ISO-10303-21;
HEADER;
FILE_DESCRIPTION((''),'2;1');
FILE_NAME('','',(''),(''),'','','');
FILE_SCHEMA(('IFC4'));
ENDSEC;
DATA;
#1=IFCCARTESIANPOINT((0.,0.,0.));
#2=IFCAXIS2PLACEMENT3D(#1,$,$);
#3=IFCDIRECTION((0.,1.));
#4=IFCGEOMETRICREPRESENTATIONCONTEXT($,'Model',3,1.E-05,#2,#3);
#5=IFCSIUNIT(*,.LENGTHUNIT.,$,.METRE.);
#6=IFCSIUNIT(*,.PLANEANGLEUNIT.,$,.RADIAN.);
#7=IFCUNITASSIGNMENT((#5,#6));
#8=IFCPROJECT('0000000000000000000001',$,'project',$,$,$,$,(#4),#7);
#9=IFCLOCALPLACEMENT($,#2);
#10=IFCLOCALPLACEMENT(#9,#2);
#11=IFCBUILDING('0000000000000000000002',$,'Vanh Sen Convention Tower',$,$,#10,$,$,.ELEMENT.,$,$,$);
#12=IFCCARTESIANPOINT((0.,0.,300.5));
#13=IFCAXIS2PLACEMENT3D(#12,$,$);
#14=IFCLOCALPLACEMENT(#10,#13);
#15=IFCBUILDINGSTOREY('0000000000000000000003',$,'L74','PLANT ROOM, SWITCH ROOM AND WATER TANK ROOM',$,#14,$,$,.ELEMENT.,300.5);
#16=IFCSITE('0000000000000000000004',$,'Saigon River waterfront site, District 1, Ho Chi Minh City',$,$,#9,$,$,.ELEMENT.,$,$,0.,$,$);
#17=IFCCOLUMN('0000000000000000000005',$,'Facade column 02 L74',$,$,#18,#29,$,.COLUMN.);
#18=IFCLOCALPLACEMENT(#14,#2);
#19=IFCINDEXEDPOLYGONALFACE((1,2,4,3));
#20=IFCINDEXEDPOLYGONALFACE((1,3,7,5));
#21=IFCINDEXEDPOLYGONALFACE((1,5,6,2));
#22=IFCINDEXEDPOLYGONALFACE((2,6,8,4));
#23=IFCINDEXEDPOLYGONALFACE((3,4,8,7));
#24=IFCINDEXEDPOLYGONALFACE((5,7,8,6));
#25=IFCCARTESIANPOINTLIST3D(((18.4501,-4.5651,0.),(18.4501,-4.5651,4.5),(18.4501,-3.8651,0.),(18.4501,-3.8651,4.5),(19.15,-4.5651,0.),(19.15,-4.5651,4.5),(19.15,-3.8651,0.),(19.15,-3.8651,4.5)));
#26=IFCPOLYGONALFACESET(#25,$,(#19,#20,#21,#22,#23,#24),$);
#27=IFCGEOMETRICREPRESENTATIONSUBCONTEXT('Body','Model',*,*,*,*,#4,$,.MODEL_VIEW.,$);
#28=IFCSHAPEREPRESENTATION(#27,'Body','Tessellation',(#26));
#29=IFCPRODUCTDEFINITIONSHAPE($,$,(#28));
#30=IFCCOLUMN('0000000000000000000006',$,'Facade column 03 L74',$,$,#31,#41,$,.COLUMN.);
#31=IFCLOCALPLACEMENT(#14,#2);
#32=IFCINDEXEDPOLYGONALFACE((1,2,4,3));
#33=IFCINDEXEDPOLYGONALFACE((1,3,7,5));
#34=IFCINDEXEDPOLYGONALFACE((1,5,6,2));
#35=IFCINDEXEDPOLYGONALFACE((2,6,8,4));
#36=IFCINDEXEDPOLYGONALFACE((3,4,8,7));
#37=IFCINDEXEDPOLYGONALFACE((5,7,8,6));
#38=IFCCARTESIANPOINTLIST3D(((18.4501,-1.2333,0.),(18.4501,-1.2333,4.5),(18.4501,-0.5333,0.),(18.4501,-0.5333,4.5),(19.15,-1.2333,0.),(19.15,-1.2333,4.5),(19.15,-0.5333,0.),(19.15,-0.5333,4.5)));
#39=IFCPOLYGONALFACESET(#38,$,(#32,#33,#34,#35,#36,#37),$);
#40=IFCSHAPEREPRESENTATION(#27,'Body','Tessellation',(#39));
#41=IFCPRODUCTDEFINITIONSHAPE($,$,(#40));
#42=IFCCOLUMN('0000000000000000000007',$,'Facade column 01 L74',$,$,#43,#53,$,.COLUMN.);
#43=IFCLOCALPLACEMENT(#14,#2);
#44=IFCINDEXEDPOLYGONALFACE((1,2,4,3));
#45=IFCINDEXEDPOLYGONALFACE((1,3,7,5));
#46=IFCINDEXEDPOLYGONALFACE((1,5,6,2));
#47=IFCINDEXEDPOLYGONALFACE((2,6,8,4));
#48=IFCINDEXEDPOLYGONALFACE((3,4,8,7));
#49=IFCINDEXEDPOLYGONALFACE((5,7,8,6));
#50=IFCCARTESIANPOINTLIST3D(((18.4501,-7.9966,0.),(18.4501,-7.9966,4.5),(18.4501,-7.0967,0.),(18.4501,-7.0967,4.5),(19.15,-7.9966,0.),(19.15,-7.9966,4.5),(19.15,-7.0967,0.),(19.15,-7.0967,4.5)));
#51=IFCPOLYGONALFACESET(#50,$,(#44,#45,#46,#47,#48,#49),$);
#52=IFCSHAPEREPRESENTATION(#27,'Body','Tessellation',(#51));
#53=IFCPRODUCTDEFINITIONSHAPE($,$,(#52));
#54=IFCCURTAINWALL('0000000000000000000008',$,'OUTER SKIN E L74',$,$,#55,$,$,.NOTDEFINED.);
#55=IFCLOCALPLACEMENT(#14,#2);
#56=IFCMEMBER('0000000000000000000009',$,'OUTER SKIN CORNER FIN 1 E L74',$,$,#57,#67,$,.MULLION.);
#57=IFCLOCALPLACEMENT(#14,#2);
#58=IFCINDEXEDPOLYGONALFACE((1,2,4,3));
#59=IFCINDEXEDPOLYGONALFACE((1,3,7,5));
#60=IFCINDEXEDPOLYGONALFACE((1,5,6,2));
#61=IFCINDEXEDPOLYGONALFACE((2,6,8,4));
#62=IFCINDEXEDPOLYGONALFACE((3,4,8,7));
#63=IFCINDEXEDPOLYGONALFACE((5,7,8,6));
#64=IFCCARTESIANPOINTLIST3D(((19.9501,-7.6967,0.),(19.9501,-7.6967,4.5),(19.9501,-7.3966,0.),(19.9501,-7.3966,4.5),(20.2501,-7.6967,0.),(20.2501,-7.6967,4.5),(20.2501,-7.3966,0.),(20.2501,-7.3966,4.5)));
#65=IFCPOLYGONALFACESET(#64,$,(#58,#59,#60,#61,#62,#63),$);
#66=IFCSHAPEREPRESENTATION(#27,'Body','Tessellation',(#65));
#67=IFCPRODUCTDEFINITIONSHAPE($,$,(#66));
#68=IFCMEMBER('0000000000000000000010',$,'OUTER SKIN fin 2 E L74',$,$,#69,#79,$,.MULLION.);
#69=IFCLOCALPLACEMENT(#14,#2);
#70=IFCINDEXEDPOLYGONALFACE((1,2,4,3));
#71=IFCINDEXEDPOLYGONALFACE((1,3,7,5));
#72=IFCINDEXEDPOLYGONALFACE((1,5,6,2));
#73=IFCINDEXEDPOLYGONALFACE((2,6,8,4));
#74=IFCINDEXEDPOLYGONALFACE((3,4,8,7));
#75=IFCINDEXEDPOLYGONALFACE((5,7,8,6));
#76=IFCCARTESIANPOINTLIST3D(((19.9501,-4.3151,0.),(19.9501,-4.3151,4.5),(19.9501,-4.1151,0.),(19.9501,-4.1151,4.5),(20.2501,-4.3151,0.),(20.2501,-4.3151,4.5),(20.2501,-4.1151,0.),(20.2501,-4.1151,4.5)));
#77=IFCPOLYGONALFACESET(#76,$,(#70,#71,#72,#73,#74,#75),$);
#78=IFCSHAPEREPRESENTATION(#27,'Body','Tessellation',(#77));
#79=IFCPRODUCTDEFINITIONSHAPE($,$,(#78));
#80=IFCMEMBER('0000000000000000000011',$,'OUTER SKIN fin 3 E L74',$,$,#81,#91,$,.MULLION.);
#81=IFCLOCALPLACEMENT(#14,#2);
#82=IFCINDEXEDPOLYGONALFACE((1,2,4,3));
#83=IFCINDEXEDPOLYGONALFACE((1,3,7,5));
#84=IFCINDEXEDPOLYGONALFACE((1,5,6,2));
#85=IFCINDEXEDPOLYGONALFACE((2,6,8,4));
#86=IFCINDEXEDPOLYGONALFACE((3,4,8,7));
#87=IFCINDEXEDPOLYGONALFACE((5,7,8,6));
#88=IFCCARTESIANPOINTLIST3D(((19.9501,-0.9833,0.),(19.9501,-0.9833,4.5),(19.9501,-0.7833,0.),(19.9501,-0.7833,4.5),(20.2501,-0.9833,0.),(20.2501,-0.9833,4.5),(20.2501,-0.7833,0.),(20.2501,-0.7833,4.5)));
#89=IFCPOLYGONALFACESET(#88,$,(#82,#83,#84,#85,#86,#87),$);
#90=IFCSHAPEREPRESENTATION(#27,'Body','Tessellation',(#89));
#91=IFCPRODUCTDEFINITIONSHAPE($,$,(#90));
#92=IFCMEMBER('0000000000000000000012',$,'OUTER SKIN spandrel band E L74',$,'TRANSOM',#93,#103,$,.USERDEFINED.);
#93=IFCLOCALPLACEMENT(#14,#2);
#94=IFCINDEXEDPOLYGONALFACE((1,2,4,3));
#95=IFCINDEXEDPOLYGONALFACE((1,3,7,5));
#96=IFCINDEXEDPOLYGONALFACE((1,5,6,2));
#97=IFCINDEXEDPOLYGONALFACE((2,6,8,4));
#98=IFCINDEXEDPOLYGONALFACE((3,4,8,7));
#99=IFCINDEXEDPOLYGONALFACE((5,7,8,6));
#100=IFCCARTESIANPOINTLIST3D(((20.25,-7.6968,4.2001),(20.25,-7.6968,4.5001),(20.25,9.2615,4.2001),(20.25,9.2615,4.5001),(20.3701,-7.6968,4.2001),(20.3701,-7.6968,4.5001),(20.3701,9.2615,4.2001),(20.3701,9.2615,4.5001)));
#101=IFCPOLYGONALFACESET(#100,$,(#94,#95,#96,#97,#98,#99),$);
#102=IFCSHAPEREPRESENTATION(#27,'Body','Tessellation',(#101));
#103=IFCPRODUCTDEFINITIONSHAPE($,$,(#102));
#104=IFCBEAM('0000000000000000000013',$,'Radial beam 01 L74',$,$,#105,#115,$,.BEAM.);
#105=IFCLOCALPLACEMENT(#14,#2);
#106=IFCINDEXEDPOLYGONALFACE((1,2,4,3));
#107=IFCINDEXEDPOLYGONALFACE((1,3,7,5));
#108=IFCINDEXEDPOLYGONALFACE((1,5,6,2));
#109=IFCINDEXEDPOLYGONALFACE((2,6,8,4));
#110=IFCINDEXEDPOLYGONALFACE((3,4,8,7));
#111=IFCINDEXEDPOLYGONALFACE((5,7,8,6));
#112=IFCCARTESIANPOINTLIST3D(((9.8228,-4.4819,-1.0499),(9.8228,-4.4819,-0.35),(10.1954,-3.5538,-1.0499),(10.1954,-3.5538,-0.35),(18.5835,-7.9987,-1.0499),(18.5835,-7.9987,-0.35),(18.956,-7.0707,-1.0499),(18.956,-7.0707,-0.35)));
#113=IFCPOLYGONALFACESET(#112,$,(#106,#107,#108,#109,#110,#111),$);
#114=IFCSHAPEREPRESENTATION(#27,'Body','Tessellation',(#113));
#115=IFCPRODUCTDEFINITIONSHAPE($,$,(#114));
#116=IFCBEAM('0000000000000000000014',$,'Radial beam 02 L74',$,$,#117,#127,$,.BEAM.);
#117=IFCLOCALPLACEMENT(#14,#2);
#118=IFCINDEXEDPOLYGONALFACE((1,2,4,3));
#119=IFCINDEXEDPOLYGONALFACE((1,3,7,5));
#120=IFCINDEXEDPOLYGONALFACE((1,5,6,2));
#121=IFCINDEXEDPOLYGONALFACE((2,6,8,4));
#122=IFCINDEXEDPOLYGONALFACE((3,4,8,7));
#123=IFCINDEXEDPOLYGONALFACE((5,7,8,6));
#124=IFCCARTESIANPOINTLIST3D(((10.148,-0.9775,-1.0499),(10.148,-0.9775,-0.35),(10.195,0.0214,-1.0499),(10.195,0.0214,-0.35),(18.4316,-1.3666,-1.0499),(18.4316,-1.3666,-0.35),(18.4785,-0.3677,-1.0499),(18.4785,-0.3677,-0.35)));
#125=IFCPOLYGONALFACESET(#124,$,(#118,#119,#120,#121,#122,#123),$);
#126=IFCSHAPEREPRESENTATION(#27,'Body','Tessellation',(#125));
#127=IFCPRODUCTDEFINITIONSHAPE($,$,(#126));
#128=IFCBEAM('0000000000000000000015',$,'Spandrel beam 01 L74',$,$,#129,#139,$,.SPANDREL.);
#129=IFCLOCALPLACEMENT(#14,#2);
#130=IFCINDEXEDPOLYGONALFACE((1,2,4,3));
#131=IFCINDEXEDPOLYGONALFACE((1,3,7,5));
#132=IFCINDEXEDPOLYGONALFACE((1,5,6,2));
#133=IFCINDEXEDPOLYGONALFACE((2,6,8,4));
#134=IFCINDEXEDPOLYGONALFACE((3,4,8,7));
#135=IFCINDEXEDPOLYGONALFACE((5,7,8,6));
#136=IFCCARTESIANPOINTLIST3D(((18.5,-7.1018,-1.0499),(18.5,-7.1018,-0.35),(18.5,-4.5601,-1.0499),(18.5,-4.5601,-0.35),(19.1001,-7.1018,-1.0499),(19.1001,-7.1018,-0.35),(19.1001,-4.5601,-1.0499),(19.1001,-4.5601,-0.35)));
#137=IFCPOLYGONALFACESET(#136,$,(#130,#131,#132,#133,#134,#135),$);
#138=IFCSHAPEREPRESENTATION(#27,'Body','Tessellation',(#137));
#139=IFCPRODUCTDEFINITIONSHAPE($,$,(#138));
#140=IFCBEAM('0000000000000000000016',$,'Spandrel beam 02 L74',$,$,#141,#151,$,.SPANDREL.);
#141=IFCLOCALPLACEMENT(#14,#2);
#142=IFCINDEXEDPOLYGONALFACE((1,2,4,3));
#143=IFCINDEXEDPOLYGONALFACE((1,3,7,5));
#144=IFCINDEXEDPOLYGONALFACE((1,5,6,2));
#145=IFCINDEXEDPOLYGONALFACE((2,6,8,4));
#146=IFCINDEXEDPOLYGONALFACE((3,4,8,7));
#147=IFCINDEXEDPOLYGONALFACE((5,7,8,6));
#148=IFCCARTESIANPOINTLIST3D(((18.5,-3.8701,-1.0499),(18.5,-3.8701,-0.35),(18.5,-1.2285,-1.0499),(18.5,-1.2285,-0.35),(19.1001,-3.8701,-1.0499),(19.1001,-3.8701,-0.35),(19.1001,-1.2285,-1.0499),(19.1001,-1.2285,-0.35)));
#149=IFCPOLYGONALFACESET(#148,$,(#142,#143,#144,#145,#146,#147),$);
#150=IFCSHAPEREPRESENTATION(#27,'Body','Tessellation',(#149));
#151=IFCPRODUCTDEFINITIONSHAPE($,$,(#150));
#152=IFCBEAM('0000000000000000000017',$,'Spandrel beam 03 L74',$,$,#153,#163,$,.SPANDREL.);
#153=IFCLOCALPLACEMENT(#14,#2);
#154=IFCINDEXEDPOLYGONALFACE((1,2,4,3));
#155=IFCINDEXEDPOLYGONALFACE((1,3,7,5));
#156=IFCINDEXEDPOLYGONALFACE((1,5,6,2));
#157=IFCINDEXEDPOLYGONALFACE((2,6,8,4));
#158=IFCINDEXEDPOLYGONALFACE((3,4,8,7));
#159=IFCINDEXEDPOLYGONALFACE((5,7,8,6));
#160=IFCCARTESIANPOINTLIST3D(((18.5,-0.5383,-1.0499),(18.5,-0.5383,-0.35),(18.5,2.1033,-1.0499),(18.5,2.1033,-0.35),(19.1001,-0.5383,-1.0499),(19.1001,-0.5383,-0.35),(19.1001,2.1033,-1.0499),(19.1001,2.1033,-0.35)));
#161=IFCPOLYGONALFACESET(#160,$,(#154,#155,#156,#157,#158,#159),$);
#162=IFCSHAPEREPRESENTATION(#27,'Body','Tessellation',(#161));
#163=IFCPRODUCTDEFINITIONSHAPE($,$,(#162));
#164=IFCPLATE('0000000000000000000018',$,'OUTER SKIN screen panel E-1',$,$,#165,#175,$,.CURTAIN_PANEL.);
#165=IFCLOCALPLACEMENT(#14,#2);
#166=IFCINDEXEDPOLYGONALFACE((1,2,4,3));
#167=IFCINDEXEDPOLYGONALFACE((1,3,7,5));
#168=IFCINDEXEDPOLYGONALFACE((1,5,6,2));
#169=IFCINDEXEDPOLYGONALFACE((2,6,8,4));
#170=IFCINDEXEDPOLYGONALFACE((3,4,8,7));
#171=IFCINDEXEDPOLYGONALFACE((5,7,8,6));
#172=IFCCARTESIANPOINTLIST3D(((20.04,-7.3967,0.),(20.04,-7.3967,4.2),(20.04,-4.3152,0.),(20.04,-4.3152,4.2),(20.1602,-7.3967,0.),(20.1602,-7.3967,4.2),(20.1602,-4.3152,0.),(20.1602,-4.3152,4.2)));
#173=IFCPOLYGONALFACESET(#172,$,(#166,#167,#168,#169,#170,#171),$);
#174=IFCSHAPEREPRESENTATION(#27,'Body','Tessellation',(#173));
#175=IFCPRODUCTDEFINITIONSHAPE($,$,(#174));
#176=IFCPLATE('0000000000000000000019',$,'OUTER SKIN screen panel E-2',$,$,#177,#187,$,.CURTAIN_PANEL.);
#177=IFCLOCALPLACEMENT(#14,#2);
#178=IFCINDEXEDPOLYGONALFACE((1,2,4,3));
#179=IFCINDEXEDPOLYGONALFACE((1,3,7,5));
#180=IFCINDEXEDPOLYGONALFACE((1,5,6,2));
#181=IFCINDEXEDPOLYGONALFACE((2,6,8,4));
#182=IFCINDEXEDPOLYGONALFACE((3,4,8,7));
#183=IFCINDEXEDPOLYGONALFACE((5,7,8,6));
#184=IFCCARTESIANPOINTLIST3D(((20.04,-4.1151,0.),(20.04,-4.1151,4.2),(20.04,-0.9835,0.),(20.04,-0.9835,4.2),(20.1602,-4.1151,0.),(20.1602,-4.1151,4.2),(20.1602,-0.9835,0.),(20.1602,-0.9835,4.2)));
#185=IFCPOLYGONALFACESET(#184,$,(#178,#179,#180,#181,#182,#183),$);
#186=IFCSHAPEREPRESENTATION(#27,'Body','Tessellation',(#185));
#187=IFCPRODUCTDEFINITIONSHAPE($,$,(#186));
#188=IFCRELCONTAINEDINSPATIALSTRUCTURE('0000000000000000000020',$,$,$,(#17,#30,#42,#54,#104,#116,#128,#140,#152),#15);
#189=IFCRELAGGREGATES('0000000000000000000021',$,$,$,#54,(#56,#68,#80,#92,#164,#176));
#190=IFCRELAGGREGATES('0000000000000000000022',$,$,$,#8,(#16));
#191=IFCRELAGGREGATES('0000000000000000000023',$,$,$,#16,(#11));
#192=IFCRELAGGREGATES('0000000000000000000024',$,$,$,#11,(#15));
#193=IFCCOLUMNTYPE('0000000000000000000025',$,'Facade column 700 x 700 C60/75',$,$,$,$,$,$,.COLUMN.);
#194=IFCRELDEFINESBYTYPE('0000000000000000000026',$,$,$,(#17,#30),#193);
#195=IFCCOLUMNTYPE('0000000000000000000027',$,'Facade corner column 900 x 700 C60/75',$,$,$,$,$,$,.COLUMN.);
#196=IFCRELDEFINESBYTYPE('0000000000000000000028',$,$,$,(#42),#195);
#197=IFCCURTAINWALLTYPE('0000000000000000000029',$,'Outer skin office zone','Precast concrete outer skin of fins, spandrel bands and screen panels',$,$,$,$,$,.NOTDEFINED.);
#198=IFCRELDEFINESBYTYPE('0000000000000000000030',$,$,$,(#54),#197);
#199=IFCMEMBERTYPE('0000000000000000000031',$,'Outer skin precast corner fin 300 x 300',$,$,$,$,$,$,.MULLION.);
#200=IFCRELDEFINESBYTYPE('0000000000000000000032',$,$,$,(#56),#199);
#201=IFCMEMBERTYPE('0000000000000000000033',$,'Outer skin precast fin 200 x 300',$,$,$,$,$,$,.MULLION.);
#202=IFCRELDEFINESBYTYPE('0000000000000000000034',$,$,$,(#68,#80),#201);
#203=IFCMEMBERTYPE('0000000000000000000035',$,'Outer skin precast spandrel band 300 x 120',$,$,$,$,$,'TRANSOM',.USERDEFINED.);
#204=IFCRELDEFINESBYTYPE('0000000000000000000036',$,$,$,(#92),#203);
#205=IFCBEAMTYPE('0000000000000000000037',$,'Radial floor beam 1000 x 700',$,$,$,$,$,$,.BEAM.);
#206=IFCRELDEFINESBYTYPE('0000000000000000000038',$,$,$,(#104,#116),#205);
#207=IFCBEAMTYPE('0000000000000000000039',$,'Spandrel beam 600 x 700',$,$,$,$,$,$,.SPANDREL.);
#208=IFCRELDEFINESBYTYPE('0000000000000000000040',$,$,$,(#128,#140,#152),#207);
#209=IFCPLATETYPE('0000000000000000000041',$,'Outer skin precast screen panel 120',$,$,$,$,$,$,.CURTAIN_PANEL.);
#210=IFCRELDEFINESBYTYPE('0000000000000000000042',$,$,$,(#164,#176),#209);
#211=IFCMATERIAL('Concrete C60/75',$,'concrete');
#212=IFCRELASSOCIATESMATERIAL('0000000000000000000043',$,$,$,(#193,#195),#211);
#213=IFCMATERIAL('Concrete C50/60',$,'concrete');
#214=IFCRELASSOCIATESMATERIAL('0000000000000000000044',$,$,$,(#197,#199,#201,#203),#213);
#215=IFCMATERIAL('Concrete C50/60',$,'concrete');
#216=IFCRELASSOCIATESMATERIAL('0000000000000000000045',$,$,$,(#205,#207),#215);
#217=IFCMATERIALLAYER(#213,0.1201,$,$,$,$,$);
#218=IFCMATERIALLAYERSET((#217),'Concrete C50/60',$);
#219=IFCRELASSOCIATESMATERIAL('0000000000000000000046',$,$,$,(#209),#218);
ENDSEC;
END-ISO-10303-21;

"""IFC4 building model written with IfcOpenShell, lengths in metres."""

from ifc_helpers import new_model, si_unit, direction, frame, origin, origin_2d, place, context, subcontext, project, spatial, rectangle, extrude, material, layer, layer_set, material_profile, profile_set, type_object, element, aggregate, save


model = new_model("IFC4")

# Units and contexts
model_context = context("Model", 3, precision=1e-05, world=origin(), true_north=direction((0.0, 1.0)))
body_context = subcontext(model_context, "Body", "Model", "MODEL_VIEW")
ifc_project = project(units=[si_unit("LENGTHUNIT", "METRE"), si_unit("PLANEANGLEUNIT", "RADIAN")], contexts=[model_context])

# Site, building, storey
site_placement = place(None, origin())
site = spatial("IfcSite", under=ifc_project, at=site_placement, Name="Saigon River waterfront site, District 1, Ho Chi Minh City", CompositionType="ELEMENT", RefElevation=0.0)
building_placement = place(site_placement, origin())
building = spatial("IfcBuilding", under=site, at=building_placement, Name="Vanh Sen Convention Tower", CompositionType="ELEMENT")
storey_placement = place(building_placement, frame((0.0, 0.0, 300.5)))
storey = spatial("IfcBuildingStorey", under=building, at=storey_placement, Name="L74", Description="PLANT ROOM, SWITCH ROOM AND WATER TANK ROOM", CompositionType="ELEMENT", Elevation=300.5)

# Columns
ifc_material_1 = material(Name="Concrete C60/75", Category="concrete")
ifc_material_profile_1 = material_profile(ifc_material_1, rectangle(XDim=0.7, YDim=0.7, at=origin_2d()), Name="RC 700X700")
ifc_profile_set_1 = profile_set([ifc_material_profile_1], Name="Concrete C60/75")
column_type_1 = type_object("IfcColumnType", Name="Facade column 700 x 700 C60/75", PredefinedType="COLUMN", material=ifc_profile_set_1)
for number, where, z_axis, x_axis, name in (
    (1, (18.8, -4.2151, 0.0), (0.0, 0.0, 1.0), (0.0, 1.0, 0.0), "Facade column 02 L74"),
    (2, (18.8, -0.8833, 0.0), (0.0, 0.0, 1.0), (0.0, 1.0, 0.0), "Facade column 03 L74"),
):
    element("IfcColumn", number, at=place(storey_placement, frame(where, z_axis=z_axis, x_axis=x_axis)), inside=storey, type_object=column_type_1, Name=name, PredefinedType="COLUMN", context=body_context, shape_type="SweptSolid", body=[
        extrude(rectangle(XDim=0.7, YDim=0.7, at=origin_2d()), origin(), (0.0, 0.0, 1.0), 4.5),
    ])
ifc_material_profile_2 = material_profile(ifc_material_1, rectangle(XDim=0.8999, YDim=0.7, at=origin_2d()), Name="RC 900X700")
ifc_profile_set_2 = profile_set([ifc_material_profile_2], Name="Concrete C60/75")
column_type_2 = type_object("IfcColumnType", Name="Facade corner column 900 x 700 C60/75", PredefinedType="COLUMN", material=ifc_profile_set_2)
column_placement = place(storey_placement, frame((18.8, -7.5466, 0.0), z_axis=(0.0, 0.0, 1.0), x_axis=(0.0, 1.0, 0.0)))
element("IfcColumn", 3, at=column_placement, inside=storey, type_object=column_type_2, Name="Facade column 01 L74", PredefinedType="COLUMN", context=body_context, shape_type="SweptSolid", body=[
    extrude(rectangle(XDim=0.8999, YDim=0.7, at=origin_2d()), origin(), (0.0, 0.0, 1.0), 4.5),
])

# Curtain wall, members
ifc_material_2 = material(Name="Concrete C50/60", Category="concrete")
curtain_wall_type = type_object("IfcCurtainWallType", Name="Outer skin office zone", Description="Precast concrete outer skin of fins, spandrel bands and screen panels", PredefinedType="NOTDEFINED", material=ifc_material_2)
curtain_wall_1_placement = place(storey_placement, origin())
curtain_wall_1 = element("IfcCurtainWall", 4, at=curtain_wall_1_placement, inside=storey, type_object=curtain_wall_type, Name="OUTER SKIN E L74", PredefinedType="NOTDEFINED")
ifc_material_profile_3 = material_profile(ifc_material_2, rectangle(XDim=0.3, YDim=0.3, at=origin_2d()), Name="Outer skin precast corner fin 300 x 300")
ifc_profile_set_3 = profile_set([ifc_material_profile_3], Name="Concrete C50/60")
member_type_1 = type_object("IfcMemberType", Name="Outer skin precast corner fin 300 x 300", PredefinedType="MULLION", material=ifc_profile_set_3)
member_1_placement = place(storey_placement, frame((20.1001, -7.5466, 0.0), z_axis=(0.0, 0.0, 1.0), x_axis=(0.0, 1.0, 0.0)))
member_1 = element("IfcMember", 5, at=member_1_placement, type_object=member_type_1, Name="OUTER SKIN CORNER FIN 1 E L74", PredefinedType="MULLION", context=body_context, shape_type="SweptSolid", body=[
    extrude(rectangle(XDim=0.3, YDim=0.3, at=origin_2d()), origin(), (0.0, 0.0, 1.0), 4.5),
])
ifc_material_profile_4 = material_profile(ifc_material_2, rectangle(XDim=0.2, YDim=0.3, at=origin_2d()), Name="Outer skin precast fin 200 x 300")
ifc_profile_set_4 = profile_set([ifc_material_profile_4], Name="Concrete C50/60")
member_type_2 = type_object("IfcMemberType", Name="Outer skin precast fin 200 x 300", PredefinedType="MULLION", material=ifc_profile_set_4)
member_2_placement = place(storey_placement, frame((20.1001, -4.2151, 0.0), z_axis=(0.0, 0.0, 1.0), x_axis=(0.0, 1.0, 0.0)))
member_2 = element("IfcMember", 6, at=member_2_placement, type_object=member_type_2, Name="OUTER SKIN fin 2 E L74", PredefinedType="MULLION", context=body_context, shape_type="SweptSolid", body=[
    extrude(rectangle(XDim=0.2, YDim=0.3, at=origin_2d()), origin(), (0.0, 0.0, 1.0), 4.5),
])
member_3_placement = place(storey_placement, frame((20.1001, -0.8833, 0.0), z_axis=(0.0, 0.0, 1.0), x_axis=(0.0, 1.0, 0.0)))
member_3 = element("IfcMember", 7, at=member_3_placement, type_object=member_type_2, Name="OUTER SKIN fin 3 E L74", PredefinedType="MULLION", context=body_context, shape_type="SweptSolid", body=[
    extrude(rectangle(XDim=0.2, YDim=0.3, at=origin_2d()), origin(), (0.0, 0.0, 1.0), 4.5),
])
ifc_material_profile_5 = material_profile(ifc_material_2, rectangle(XDim=0.1201, YDim=0.3, at=origin_2d()), Name="Outer skin precast spandrel band 300 x 120")
ifc_profile_set_5 = profile_set([ifc_material_profile_5], Name="Concrete C50/60")
member_type_3 = type_object("IfcMemberType", Name="Outer skin precast spandrel band 300 x 120", ElementType="TRANSOM", PredefinedType="USERDEFINED", material=ifc_profile_set_5)
member_4_placement = place(storey_placement, frame((20.3101, -7.6968, 4.3501), z_axis=(0.0, 1.0, 0.0), x_axis=(-1.0, 0.0, 0.0)))
member_4 = element("IfcMember", 8, at=member_4_placement, type_object=member_type_3, Name="OUTER SKIN spandrel band E L74", ObjectType="TRANSOM", PredefinedType="USERDEFINED", context=body_context, shape_type="SweptSolid", body=[
    extrude(rectangle(XDim=0.1201, YDim=0.3, at=origin_2d()), origin(), (0.0, 0.0, 1.0), 16.9583),
])

# Beams
ifc_material_3 = material(Name="Concrete C50/60", Category="concrete")
ifc_material_profile_6 = material_profile(ifc_material_3, rectangle(XDim=1.0, YDim=0.7, at=origin_2d()), Name="RC 1000X700")
ifc_profile_set_6 = profile_set([ifc_material_profile_6], Name="Concrete C50/60")
beam_type_1 = type_object("IfcBeamType", Name="Radial floor beam 1000 x 700", PredefinedType="BEAM", material=ifc_profile_set_6)
beam_1_placement = place(storey_placement, frame((18.7698, -7.5347, -0.7), z_axis=(-0.928018, 0.372536, 0.0), x_axis=(-0.372536, -0.928018, 0.0)))
element("IfcBeam", 9, at=beam_1_placement, inside=storey, type_object=beam_type_1, Name="Radial beam 01 L74", PredefinedType="BEAM", context=body_context, shape_type="SweptSolid", body=[
    extrude(rectangle(XDim=1.0, YDim=0.7, at=origin_2d()), origin(), (0.0, 0.0, 1.0), 9.4402),
])
beam_2_placement = place(storey_placement, frame((18.4551, -0.8672, -0.7), z_axis=(-0.998898, 0.046927, 0.0), x_axis=(-0.046927, -0.998898, 0.0)))
element("IfcBeam", 10, at=beam_2_placement, inside=storey, type_object=beam_type_1, Name="Radial beam 02 L74", PredefinedType="BEAM", context=body_context, shape_type="SweptSolid", body=[
    extrude(rectangle(XDim=1.0, YDim=0.7, at=origin_2d()), origin(), (0.0, 0.0, 1.0), 8.2927),
])
ifc_material_profile_7 = material_profile(ifc_material_3, rectangle(XDim=0.6001, YDim=0.7, at=origin_2d()), Name="RC 600X700")
ifc_profile_set_7 = profile_set([ifc_material_profile_7], Name="Concrete C50/60")
beam_type_2 = type_object("IfcBeamType", Name="Spandrel beam 600 x 700", PredefinedType="SPANDREL", material=ifc_profile_set_7)
beam_3_placement = place(storey_placement, frame((18.8, -7.1018, -0.7), z_axis=(0.0, 1.0, 0.0), x_axis=(-1.0, 0.0, 0.0)))
element("IfcBeam", 11, at=beam_3_placement, inside=storey, type_object=beam_type_2, Name="Spandrel beam 01 L74", PredefinedType="SPANDREL", context=body_context, shape_type="SweptSolid", body=[
    extrude(rectangle(XDim=0.6001, YDim=0.7, at=origin_2d()), origin(), (0.0, 0.0, 1.0), 2.5417),
])
for number, where, z_axis, x_axis, name in (
    (12, (18.8, -3.8701, -0.7), (0.0, 1.0, 0.0), (-1.0, 0.0, 0.0), "Spandrel beam 02 L74"),
    (13, (18.8, -0.5383, -0.7), (0.0, 1.0, 0.0), (-1.0, 0.0, 0.0), "Spandrel beam 03 L74"),
):
    element("IfcBeam", number, at=place(storey_placement, frame(where, z_axis=z_axis, x_axis=x_axis)), inside=storey, type_object=beam_type_2, Name=name, PredefinedType="SPANDREL", context=body_context, shape_type="SweptSolid", body=[
        extrude(rectangle(XDim=0.6001, YDim=0.7, at=origin_2d()), origin(), (0.0, 0.0, 1.0), 2.6416),
    ])

# Plates
ifc_layer_1 = layer(ifc_material_2, 0.1201)
ifc_layer_set_1 = layer_set([ifc_layer_1], Name="Concrete C50/60")
plate_type = type_object("IfcPlateType", Name="Outer skin precast screen panel 120", PredefinedType="CURTAIN_PANEL", material=ifc_layer_set_1)
plate_1_placement = place(storey_placement, frame((20.1001, -5.856, 0.0), z_axis=(0.0, 0.0, 1.0), x_axis=(0.0, 1.0, 0.0)))
plate_1 = element("IfcPlate", 14, at=plate_1_placement, type_object=plate_type, Name="OUTER SKIN screen panel E-1", PredefinedType="CURTAIN_PANEL", context=body_context, shape_type="SweptSolid", body=[
    extrude(rectangle(XDim=3.0815, YDim=0.1201, at=origin_2d()), origin(), (0.0, 0.0, 1.0), 4.2),
])
plate_2_placement = place(storey_placement, frame((20.1001, -2.5493, 0.0), z_axis=(0.0, 0.0, 1.0), x_axis=(0.0, 1.0, 0.0)))
plate_2 = element("IfcPlate", 15, at=plate_2_placement, type_object=plate_type, Name="OUTER SKIN screen panel E-2", PredefinedType="CURTAIN_PANEL", context=body_context, shape_type="SweptSolid", body=[
    extrude(rectangle(XDim=3.1316, YDim=0.1201, at=origin_2d()), origin(), (0.0, 0.0, 1.0), 4.2),
])
aggregate(curtain_wall_1, [member_1, member_2, member_3, member_4, plate_1, plate_2])

save(model, "model.ifc")
